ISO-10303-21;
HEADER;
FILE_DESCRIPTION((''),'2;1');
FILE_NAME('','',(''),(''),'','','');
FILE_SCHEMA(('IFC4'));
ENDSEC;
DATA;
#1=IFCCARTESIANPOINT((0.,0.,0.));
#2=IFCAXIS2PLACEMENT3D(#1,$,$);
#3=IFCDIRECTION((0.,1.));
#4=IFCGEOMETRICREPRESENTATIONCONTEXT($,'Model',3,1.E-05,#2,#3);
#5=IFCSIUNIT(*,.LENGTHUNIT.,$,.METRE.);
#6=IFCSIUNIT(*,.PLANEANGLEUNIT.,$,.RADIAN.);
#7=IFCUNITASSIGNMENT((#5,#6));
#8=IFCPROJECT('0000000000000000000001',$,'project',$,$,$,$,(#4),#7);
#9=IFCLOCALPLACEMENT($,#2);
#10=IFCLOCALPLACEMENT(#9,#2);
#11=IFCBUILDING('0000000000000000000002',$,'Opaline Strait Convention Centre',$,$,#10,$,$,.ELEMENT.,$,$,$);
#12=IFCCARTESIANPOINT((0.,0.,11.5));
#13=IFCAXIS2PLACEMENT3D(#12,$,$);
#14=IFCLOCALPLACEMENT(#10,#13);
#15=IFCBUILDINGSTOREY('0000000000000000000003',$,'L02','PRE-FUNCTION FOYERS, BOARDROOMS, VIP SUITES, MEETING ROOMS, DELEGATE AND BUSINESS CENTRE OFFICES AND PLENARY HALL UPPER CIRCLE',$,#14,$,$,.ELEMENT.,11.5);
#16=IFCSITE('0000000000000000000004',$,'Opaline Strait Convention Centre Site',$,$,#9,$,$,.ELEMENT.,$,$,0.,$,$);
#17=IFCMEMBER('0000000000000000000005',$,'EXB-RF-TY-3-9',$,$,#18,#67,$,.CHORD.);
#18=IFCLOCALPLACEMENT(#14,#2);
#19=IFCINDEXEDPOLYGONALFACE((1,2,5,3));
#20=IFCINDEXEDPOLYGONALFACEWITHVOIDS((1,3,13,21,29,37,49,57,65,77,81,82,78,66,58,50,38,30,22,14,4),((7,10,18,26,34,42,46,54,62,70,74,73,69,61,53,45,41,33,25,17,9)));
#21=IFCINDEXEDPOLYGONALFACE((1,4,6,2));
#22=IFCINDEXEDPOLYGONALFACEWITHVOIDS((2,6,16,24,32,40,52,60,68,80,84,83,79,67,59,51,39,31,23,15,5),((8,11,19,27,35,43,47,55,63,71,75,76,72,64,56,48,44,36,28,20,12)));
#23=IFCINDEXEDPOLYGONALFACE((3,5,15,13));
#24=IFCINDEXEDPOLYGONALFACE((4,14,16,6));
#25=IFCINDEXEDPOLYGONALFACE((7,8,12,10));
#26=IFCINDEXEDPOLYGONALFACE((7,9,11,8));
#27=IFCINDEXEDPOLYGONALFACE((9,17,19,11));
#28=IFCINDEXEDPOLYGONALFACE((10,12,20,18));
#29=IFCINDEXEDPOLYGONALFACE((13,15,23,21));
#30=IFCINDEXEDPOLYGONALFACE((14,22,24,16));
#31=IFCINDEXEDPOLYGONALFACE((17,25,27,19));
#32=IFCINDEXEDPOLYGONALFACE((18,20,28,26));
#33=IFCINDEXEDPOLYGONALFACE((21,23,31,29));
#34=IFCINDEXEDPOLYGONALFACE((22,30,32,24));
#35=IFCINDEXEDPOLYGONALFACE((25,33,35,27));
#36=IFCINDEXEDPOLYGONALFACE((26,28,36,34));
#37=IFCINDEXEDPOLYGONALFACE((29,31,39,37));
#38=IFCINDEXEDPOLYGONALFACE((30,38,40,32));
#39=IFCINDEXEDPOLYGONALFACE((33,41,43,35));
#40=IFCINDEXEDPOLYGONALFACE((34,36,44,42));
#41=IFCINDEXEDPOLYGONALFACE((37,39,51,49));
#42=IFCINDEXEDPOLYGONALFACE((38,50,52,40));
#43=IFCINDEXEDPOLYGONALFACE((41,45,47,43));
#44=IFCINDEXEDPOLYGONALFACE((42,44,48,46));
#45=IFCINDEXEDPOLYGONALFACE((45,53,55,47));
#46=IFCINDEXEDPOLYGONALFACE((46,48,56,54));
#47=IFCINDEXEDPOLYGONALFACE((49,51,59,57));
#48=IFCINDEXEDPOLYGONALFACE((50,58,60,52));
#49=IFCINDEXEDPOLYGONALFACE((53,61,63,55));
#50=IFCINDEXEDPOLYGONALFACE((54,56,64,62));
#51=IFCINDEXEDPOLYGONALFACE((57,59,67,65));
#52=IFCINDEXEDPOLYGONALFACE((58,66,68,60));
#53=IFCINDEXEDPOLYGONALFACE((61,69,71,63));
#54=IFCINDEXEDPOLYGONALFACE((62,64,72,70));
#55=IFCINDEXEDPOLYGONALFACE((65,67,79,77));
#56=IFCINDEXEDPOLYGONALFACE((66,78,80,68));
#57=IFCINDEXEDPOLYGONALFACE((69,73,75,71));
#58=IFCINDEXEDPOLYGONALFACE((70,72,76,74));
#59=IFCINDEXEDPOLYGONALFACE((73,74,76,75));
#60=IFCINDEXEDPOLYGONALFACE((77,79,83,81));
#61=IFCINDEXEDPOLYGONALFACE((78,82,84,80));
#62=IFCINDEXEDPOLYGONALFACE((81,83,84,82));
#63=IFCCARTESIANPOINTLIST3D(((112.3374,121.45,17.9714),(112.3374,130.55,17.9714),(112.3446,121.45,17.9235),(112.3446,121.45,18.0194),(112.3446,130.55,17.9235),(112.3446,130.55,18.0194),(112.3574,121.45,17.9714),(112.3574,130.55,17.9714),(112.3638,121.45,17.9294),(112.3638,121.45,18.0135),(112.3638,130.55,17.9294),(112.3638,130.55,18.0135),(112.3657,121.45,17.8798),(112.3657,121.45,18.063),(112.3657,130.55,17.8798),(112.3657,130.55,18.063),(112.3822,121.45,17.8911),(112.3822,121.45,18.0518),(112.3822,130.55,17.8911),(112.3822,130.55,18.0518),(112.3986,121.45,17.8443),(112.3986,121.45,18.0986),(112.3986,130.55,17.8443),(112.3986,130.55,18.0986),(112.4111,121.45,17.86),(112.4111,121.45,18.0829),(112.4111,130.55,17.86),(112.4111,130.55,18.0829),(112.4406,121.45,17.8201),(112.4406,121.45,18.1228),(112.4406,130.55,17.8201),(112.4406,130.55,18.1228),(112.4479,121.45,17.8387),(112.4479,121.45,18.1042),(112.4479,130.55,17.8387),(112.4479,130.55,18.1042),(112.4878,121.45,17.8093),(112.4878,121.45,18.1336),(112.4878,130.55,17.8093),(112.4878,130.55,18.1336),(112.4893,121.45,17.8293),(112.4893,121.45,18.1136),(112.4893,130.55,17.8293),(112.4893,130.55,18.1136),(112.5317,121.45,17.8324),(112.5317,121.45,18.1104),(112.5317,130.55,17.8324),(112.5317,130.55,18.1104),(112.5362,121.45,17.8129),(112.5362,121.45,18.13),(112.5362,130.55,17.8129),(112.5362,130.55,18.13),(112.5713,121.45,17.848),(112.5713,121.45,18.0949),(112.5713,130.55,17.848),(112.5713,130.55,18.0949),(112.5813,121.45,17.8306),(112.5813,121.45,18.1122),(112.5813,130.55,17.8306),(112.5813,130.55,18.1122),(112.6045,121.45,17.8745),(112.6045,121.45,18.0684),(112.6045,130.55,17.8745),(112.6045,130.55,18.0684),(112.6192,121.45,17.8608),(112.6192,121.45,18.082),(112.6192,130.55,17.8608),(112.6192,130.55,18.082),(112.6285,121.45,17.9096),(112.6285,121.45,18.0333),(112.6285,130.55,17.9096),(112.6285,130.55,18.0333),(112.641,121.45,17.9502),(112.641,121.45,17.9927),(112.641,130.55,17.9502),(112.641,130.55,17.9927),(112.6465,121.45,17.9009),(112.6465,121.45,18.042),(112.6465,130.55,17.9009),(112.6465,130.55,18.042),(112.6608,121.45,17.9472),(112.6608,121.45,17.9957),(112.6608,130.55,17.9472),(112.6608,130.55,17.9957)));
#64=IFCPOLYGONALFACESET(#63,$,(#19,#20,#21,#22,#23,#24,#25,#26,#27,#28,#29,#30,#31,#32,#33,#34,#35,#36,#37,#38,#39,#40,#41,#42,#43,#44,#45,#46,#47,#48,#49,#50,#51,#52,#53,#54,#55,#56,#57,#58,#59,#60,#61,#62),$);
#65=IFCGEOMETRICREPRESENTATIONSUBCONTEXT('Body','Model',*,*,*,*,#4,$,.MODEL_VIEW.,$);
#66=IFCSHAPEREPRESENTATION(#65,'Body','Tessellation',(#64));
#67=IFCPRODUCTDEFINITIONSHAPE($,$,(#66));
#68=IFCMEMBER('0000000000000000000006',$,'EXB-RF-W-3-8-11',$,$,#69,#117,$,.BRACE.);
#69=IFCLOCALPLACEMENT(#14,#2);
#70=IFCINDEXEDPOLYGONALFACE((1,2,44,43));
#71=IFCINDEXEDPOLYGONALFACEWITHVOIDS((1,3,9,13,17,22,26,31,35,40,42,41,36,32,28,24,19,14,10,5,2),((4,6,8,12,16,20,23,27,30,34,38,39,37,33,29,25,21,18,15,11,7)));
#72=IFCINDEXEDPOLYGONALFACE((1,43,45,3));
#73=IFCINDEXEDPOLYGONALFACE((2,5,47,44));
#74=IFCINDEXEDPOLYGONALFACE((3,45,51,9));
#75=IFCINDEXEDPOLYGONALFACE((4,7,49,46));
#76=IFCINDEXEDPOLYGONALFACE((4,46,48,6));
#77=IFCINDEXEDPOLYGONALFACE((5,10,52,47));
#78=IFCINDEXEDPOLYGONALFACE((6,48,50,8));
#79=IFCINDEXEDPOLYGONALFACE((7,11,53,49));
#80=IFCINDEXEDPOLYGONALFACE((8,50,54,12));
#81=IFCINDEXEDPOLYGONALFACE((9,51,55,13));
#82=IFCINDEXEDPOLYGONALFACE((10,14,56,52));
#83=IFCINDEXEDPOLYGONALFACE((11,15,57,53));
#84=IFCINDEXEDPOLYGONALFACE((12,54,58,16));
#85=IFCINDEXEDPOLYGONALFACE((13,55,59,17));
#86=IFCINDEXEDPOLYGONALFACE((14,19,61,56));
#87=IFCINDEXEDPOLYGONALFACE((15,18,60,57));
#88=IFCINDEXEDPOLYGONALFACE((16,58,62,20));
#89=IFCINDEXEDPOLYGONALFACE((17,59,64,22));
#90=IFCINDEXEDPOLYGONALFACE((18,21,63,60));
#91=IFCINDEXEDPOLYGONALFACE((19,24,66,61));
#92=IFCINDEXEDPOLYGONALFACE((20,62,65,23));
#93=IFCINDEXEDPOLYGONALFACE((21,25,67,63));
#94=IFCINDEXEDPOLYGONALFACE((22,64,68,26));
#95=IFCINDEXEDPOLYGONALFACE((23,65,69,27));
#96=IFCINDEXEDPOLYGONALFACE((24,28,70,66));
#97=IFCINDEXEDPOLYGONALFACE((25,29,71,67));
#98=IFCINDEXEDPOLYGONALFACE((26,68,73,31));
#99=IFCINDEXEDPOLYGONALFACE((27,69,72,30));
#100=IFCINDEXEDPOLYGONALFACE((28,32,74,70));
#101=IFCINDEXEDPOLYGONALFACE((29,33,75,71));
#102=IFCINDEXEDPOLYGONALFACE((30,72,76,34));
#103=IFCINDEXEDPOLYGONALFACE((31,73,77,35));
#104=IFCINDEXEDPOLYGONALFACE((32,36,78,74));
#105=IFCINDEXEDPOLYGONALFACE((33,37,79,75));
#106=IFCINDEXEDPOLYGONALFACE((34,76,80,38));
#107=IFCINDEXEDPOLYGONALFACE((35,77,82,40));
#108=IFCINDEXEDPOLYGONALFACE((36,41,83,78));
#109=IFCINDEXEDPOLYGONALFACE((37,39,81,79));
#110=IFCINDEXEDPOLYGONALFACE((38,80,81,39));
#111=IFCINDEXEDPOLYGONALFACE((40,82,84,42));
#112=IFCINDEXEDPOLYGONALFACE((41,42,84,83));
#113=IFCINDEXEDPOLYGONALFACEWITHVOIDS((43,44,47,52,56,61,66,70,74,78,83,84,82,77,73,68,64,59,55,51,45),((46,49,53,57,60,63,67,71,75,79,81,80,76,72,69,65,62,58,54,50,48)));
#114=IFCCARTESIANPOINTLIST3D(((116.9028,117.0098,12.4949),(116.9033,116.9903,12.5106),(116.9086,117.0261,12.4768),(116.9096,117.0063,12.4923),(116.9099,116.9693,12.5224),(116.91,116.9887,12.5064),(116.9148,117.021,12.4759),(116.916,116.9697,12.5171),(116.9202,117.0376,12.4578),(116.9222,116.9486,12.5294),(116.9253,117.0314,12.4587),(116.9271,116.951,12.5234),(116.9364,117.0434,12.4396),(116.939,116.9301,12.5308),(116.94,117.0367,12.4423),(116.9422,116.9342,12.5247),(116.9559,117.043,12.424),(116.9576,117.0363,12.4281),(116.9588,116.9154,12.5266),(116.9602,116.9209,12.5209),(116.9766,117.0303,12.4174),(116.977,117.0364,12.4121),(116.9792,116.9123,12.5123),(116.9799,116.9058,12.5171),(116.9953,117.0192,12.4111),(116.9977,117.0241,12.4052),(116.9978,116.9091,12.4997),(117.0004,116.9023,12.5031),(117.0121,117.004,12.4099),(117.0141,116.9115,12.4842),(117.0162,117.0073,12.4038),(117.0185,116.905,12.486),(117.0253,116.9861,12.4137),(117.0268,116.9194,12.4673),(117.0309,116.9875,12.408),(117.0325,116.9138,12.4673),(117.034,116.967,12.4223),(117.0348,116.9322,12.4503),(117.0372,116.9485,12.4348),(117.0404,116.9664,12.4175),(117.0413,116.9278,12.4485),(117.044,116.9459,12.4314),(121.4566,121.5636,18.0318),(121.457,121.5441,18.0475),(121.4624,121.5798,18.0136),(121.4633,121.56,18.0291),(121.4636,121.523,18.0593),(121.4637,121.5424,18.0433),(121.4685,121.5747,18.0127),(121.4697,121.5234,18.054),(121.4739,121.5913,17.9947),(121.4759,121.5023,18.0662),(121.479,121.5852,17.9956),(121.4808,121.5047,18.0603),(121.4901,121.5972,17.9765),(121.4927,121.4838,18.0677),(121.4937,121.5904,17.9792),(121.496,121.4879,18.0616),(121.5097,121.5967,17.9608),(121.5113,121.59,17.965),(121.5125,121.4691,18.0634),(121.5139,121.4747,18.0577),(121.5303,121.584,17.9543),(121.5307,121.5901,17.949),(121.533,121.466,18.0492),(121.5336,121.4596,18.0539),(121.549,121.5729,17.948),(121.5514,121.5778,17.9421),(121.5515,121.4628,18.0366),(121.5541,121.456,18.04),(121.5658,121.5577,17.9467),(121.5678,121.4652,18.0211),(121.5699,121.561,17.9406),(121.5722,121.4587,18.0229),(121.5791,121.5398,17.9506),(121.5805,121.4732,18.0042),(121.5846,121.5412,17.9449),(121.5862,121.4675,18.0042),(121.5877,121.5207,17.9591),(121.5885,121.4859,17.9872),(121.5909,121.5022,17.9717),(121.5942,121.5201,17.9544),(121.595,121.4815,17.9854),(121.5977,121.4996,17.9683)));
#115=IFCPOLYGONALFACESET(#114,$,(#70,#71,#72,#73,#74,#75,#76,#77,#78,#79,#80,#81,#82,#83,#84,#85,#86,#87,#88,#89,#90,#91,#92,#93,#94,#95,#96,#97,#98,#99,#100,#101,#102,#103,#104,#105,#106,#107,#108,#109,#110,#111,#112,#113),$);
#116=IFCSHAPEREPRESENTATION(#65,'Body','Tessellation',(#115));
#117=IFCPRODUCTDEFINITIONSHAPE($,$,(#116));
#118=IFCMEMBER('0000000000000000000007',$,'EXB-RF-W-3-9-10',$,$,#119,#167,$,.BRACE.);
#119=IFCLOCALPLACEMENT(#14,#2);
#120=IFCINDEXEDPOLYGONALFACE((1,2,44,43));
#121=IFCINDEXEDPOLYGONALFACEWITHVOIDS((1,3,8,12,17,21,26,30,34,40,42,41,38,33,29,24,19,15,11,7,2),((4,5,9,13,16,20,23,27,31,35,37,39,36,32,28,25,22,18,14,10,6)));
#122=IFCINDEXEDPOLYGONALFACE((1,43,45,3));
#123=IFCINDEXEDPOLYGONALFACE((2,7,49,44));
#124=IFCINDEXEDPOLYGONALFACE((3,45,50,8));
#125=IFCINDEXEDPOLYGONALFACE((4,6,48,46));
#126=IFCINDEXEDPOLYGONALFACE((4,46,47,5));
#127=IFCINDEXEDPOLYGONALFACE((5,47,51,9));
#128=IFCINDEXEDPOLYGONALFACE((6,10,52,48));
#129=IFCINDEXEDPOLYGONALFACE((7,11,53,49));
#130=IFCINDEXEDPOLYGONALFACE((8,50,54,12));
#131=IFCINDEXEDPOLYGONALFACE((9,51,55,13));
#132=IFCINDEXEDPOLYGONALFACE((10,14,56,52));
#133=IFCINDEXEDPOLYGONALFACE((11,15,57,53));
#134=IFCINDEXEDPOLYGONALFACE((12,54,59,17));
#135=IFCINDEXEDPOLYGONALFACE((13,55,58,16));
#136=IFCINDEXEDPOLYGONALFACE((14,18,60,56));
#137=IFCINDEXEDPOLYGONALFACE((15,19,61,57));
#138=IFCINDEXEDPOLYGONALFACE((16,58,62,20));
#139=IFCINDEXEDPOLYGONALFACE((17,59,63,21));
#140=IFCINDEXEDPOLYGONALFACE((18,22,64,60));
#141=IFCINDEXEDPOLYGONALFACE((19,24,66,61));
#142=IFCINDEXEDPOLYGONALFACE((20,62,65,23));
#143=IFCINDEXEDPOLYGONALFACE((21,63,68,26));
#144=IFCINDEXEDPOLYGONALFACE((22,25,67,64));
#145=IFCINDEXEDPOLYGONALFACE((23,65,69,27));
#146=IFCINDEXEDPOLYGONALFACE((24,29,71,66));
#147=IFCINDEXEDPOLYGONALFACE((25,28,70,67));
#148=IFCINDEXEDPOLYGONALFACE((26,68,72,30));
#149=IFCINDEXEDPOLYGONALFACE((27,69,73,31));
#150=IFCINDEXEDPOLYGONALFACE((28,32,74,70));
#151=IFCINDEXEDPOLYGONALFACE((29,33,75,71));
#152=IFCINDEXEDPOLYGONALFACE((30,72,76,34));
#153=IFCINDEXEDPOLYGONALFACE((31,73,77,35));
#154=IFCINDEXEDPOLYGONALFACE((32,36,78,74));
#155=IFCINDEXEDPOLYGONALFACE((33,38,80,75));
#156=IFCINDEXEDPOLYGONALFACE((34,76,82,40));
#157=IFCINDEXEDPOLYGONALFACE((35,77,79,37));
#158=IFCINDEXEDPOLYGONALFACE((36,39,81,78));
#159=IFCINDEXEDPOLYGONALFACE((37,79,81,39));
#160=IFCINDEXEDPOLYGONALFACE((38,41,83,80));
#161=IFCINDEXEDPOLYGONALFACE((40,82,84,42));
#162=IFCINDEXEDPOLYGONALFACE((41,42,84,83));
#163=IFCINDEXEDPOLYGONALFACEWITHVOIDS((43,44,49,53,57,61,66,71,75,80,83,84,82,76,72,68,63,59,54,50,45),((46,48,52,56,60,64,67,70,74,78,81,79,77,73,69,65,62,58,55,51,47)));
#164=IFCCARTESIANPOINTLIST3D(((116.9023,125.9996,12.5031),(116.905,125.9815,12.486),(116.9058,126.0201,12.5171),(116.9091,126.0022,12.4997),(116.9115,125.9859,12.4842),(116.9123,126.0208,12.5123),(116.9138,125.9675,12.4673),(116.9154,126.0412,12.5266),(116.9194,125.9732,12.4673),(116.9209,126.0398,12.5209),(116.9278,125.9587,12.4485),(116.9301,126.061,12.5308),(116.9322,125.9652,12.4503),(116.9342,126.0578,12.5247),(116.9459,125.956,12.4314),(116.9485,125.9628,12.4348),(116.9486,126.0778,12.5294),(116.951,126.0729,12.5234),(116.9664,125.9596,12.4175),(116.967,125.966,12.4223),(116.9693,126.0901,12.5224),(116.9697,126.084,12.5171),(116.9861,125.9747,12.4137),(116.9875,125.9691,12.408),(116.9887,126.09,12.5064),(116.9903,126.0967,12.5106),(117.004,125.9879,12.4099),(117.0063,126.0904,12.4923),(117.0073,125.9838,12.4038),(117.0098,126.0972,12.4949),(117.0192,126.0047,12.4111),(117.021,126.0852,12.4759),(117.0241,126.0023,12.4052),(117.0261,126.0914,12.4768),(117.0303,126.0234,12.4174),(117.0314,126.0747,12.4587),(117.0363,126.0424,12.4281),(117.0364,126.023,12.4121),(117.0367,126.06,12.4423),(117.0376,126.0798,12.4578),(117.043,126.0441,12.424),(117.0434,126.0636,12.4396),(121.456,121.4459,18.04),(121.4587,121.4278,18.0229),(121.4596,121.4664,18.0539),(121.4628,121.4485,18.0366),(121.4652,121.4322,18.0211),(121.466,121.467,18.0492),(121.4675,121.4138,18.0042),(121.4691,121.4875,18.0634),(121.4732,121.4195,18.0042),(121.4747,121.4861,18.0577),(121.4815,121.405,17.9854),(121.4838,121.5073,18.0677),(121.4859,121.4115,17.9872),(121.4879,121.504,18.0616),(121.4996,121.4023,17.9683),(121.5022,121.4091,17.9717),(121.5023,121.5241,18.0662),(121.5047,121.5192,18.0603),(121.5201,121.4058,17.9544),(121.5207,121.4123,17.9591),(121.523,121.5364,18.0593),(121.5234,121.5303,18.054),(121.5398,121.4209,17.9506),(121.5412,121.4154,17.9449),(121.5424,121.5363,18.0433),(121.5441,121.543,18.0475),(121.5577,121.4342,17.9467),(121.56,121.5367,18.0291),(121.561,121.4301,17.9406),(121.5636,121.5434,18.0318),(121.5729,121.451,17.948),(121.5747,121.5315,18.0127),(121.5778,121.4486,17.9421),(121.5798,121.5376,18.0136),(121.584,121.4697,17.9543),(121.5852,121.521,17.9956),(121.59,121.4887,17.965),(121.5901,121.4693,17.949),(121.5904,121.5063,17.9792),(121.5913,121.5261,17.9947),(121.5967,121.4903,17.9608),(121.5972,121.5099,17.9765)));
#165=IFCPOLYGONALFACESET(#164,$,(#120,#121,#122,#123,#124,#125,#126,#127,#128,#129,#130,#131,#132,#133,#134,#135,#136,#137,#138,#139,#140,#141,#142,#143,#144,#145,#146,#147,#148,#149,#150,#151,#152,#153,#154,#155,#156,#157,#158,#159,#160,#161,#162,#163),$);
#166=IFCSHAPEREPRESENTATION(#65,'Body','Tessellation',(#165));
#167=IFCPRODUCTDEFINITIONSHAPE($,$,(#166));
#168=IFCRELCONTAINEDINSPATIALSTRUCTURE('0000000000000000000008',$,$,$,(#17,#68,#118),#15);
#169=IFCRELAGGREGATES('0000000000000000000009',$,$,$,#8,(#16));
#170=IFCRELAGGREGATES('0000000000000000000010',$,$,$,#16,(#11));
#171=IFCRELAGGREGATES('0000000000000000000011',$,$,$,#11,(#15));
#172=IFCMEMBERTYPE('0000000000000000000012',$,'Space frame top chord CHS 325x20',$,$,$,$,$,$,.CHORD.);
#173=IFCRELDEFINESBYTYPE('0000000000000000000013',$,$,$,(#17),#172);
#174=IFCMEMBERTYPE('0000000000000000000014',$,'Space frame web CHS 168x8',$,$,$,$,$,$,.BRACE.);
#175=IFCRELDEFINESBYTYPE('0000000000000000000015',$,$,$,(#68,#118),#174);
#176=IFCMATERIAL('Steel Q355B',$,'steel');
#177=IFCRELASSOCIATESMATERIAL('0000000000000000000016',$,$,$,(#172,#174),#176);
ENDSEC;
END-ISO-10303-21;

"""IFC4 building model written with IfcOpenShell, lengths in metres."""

from ifc_helpers import new_model, si_unit, direction, frame, origin, origin_2d, place, context, subcontext, project, spatial, hollow_circle, extrude, material, material_profile, profile_set, type_object, element, save


model = new_model("IFC4")

# Units and contexts
model_context = context("Model", 3, precision=1e-05, world=origin(), true_north=direction((0.0, 1.0)))
body_context = subcontext(model_context, "Body", "Model", "MODEL_VIEW")
ifc_project = project(units=[si_unit("LENGTHUNIT", "METRE"), si_unit("PLANEANGLEUNIT", "RADIAN")], contexts=[model_context])

# Site, building, storey
site_placement = place(None, origin())
site = spatial("IfcSite", under=ifc_project, at=site_placement, Name="Opaline Strait Convention Centre Site", CompositionType="ELEMENT", RefElevation=0.0)
building_placement = place(site_placement, origin())
building = spatial("IfcBuilding", under=site, at=building_placement, Name="Opaline Strait Convention Centre", CompositionType="ELEMENT")
storey_placement = place(building_placement, frame((0.0, 0.0, 11.5)))
storey = spatial("IfcBuildingStorey", under=building, at=storey_placement, Name="L02", Description="PRE-FUNCTION FOYERS, BOARDROOMS, VIP SUITES, MEETING ROOMS, DELEGATE AND BUSINESS CENTRE OFFICES AND PLENARY HALL UPPER CIRCLE", CompositionType="ELEMENT", Elevation=11.5)

# Members
ifc_material = material(Name="Steel Q355B", Category="steel")
ifc_material_profile_1 = material_profile(ifc_material, hollow_circle(Radius=0.1626, WallThickness=0.02, at=origin_2d()), Name="CHS 325x20")
ifc_profile_set_1 = profile_set([ifc_material_profile_1], Name="Steel Q355B")
member_type_1 = type_object("IfcMemberType", Name="Space frame top chord CHS 325x20", PredefinedType="CHORD", material=ifc_profile_set_1)
member_1_placement = place(storey_placement, frame((112.5, 121.45, 17.9714), z_axis=(0.0, 1.0, 0.0), x_axis=(-1.0, 0.0, 0.0)))
element("IfcMember", 1, at=member_1_placement, inside=storey, type_object=member_type_1, Name="EXB-RF-TY-3-9", PredefinedType="CHORD", context=body_context, shape_type="SweptSolid", body=[
    extrude(hollow_circle(Radius=0.1626, WallThickness=0.02, at=origin_2d()), origin(), (0.0, 0.0, 1.0), 9.1001),
])
ifc_material_profile_2 = material_profile(ifc_material, hollow_circle(Radius=0.084, WallThickness=0.0081, at=origin_2d()), Name="CHS 168x8")
ifc_profile_set_2 = profile_set([ifc_material_profile_2], Name="Steel Q355B")
member_type_2 = type_object("IfcMemberType", Name="Space frame web CHS 168x8", PredefinedType="BRACE", material=ifc_profile_set_2)
for number, where, z_axis, x_axis, name in (
    (2, (121.5269, 121.5269, 18.0042), (-0.536178, -0.536178, -0.65194), (0.707107, -0.707107, 0.0), "EXB-RF-W-3-8-11"),
    (3, (121.5269, 121.4731, 18.0042), (-0.536178, 0.536178, -0.65194), (-0.707107, -0.707107, 0.0), "EXB-RF-W-3-9-10"),
):
    element("IfcMember", number, at=place(storey_placement, frame(where, z_axis=z_axis, x_axis=x_axis)), inside=storey, type_object=member_type_2, Name=name, PredefinedType="BRACE", context=body_context, shape_type="SweptSolid", body=[
        extrude(hollow_circle(Radius=0.084, WallThickness=0.0081, at=origin_2d()), origin(), (0.0, 0.0, 1.0), 8.4929),
    ])

save(model, "model.ifc")
